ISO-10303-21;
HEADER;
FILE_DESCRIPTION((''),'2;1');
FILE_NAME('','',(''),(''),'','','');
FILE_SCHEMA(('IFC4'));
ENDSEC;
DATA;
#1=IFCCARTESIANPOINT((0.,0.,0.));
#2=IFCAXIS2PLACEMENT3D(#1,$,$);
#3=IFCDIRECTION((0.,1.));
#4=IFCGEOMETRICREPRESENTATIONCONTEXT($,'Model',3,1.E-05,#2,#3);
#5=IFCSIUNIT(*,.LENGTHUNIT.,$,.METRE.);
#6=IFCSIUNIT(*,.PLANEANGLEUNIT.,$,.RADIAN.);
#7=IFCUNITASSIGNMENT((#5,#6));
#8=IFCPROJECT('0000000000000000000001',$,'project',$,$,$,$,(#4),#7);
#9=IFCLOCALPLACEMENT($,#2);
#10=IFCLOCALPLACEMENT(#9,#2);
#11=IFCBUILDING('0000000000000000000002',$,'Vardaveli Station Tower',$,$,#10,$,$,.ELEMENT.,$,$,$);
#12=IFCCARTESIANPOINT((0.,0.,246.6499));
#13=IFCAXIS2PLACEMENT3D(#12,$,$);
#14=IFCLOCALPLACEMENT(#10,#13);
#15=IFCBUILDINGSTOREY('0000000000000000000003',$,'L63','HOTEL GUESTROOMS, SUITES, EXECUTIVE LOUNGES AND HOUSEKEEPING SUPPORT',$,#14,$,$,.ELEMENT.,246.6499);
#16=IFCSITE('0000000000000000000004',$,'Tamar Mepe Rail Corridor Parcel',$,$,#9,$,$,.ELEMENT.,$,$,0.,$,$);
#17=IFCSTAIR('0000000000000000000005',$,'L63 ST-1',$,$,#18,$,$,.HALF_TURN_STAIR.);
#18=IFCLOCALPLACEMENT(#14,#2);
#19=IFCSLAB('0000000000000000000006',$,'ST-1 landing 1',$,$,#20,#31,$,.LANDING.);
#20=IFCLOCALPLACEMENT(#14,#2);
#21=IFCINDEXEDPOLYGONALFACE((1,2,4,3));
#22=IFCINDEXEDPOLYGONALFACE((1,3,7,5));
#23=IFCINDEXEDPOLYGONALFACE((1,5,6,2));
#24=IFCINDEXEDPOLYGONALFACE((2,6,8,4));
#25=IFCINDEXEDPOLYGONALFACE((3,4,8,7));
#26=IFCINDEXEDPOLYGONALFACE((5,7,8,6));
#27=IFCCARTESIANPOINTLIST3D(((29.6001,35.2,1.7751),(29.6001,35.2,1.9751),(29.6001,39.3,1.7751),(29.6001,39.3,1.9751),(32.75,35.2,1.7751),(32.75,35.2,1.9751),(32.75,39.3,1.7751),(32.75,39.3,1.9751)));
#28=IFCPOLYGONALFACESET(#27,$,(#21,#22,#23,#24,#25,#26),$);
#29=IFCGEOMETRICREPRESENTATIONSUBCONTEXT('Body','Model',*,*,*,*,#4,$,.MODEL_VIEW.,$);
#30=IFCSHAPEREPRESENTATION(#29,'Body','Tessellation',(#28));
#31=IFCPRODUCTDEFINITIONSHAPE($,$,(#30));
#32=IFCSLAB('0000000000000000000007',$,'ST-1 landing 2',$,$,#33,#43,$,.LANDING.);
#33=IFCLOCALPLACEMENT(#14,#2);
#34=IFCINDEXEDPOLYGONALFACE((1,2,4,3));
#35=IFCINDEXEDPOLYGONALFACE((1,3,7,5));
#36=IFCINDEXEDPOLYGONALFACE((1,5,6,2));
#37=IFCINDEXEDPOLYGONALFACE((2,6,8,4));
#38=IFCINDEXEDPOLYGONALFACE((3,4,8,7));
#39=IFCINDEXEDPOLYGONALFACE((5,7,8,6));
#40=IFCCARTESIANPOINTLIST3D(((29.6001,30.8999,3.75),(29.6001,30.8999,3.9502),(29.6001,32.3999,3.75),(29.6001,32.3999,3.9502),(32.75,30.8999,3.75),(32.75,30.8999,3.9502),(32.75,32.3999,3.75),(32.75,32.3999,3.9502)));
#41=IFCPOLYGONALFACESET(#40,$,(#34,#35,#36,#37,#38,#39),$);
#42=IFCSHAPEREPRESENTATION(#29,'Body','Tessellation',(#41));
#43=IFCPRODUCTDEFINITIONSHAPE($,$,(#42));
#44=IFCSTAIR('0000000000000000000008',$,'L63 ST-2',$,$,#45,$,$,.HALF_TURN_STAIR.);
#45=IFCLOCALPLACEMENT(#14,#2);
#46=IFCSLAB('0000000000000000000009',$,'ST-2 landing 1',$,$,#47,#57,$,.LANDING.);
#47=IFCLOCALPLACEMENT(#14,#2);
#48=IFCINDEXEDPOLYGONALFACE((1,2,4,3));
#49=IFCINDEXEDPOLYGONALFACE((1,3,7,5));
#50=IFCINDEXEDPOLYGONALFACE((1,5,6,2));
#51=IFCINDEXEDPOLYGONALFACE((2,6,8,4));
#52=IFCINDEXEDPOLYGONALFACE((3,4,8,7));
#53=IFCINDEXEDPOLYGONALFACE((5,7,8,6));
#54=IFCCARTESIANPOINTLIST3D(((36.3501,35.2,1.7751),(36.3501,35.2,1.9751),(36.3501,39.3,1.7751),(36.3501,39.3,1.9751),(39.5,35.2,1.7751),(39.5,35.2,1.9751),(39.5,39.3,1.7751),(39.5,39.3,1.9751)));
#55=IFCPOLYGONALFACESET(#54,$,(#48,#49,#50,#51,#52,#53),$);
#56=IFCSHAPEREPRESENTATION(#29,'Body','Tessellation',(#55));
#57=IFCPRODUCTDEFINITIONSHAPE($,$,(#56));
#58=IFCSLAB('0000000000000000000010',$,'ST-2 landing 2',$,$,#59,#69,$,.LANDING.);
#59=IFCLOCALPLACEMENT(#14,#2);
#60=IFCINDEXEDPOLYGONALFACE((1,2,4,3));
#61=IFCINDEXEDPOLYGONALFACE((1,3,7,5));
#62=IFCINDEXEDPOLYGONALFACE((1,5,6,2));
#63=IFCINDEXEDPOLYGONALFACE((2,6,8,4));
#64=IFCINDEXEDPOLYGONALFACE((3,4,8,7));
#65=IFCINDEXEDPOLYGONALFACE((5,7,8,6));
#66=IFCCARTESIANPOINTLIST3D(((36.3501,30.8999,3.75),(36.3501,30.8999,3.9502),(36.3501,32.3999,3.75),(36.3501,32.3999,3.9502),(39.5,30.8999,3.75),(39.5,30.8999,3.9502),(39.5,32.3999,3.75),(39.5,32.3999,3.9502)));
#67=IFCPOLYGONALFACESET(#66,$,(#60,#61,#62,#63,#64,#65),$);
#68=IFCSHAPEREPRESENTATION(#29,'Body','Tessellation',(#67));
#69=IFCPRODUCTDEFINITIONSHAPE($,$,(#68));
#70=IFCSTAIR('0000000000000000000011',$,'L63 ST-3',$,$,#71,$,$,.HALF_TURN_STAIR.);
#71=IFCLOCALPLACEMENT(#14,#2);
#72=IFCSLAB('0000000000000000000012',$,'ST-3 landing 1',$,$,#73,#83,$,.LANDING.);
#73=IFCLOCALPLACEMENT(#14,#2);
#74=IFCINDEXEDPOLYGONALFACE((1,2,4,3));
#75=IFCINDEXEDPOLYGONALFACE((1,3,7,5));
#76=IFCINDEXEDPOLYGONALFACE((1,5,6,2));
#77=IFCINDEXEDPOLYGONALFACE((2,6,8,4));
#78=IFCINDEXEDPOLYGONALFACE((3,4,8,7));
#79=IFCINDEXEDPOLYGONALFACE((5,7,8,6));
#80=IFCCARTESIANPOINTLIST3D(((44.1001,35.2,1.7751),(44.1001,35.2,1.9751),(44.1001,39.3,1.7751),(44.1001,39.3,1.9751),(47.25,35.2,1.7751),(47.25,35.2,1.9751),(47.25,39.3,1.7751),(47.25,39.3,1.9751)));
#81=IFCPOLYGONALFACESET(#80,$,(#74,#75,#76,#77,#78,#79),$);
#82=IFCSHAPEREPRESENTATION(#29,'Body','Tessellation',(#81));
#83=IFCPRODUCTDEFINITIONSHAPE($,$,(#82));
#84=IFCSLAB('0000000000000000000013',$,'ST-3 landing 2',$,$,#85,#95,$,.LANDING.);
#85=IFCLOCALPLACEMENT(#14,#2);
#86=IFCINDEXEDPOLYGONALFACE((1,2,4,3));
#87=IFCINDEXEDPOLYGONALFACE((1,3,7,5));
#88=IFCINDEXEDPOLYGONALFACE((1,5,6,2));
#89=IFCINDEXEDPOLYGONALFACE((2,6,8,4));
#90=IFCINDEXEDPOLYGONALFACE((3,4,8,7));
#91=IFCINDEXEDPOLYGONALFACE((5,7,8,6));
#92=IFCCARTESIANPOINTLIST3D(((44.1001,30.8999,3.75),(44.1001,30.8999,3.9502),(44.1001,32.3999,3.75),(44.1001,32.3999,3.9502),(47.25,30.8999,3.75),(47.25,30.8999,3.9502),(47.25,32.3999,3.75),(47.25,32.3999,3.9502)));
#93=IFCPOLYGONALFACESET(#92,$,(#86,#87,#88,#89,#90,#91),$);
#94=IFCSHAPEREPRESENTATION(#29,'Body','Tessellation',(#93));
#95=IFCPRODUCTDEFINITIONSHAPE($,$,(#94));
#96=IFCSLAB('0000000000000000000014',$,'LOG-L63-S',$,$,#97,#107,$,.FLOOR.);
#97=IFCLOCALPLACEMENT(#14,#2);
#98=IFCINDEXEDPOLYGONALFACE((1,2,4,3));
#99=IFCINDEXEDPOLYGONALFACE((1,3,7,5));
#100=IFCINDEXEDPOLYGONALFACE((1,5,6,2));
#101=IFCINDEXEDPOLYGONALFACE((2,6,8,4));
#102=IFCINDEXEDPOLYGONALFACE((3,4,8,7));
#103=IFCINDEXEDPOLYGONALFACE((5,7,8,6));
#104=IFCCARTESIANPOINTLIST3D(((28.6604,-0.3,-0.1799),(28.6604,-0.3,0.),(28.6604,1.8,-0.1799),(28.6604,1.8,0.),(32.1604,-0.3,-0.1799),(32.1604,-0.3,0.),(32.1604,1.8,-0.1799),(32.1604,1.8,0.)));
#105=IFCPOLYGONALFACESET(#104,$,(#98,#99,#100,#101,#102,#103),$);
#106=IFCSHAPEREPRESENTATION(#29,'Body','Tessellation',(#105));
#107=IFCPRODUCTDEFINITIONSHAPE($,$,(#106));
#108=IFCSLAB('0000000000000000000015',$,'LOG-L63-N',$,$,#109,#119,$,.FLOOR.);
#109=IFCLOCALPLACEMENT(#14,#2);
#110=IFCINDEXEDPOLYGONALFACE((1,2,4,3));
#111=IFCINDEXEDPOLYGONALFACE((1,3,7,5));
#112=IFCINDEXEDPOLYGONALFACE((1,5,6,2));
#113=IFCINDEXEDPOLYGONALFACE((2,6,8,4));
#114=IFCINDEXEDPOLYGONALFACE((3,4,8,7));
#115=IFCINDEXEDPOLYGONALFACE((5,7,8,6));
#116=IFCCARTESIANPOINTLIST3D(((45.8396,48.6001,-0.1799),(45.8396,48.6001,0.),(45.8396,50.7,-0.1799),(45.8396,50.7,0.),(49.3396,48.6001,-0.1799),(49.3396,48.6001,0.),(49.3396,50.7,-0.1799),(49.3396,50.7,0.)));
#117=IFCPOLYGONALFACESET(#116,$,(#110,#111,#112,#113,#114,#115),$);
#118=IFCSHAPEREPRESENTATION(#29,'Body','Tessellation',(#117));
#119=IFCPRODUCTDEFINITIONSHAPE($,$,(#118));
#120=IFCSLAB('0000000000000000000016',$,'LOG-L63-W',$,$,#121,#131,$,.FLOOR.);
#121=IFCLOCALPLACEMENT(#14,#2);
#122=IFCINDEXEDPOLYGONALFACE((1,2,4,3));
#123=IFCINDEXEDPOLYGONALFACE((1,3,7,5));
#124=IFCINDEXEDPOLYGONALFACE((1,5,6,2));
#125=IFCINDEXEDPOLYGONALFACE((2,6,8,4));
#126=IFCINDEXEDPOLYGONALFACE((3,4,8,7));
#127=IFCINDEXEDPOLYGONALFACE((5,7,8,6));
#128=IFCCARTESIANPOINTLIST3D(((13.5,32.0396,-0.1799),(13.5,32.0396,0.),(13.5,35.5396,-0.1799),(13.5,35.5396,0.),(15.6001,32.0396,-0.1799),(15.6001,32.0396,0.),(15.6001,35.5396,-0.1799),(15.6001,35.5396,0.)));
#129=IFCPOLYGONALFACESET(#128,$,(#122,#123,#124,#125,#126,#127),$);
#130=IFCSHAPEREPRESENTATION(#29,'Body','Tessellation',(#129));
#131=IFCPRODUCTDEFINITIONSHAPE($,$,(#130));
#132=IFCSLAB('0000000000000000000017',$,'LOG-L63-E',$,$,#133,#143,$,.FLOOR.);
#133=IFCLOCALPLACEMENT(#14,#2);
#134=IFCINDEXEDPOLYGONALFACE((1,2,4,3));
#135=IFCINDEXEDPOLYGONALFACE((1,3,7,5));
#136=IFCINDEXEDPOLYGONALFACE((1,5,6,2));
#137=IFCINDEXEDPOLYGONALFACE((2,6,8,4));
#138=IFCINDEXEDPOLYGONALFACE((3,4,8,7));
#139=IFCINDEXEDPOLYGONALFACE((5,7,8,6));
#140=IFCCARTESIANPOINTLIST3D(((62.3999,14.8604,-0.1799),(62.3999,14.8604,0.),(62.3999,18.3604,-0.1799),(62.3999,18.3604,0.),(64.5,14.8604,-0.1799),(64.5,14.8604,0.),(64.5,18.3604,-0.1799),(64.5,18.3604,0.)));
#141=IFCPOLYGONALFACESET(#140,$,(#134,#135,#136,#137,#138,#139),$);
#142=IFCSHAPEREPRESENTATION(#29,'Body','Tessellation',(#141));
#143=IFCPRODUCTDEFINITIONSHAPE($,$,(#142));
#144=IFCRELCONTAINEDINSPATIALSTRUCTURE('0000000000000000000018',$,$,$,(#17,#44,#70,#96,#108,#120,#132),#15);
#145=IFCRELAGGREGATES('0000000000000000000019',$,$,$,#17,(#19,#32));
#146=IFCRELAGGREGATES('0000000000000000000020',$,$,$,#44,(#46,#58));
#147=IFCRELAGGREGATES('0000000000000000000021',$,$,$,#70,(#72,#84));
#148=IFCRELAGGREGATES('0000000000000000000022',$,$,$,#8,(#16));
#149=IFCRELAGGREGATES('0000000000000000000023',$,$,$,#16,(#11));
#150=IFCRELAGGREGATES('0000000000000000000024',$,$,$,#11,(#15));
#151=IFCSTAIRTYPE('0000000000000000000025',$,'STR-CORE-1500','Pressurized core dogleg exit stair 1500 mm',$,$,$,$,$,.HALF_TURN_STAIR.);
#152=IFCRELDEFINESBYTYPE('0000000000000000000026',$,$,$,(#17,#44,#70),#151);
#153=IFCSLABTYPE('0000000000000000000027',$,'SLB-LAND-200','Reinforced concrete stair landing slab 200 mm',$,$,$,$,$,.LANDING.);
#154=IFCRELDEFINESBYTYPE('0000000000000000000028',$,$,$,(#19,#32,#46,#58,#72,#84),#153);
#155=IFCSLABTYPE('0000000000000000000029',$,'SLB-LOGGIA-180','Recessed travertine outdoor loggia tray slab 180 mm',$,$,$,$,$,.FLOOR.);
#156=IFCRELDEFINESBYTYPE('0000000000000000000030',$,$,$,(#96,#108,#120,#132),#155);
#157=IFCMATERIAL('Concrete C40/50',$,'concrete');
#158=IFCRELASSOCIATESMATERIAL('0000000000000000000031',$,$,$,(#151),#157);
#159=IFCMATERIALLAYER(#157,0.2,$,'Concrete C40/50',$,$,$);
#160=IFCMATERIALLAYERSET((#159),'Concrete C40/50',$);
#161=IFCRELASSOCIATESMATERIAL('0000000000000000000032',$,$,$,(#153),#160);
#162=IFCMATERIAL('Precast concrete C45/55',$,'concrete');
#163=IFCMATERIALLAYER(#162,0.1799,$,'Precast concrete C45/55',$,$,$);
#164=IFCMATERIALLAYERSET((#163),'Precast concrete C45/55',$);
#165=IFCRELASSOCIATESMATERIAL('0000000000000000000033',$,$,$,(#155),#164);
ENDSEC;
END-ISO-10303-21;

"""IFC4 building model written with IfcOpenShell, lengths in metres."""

from ifc_helpers import new_model, si_unit, direction, frame, origin, place, context, subcontext, project, spatial, polyline, outline, extrude, material, layer, layer_set, type_object, element, aggregate, save


model = new_model("IFC4")

# Units and contexts
model_context = context("Model", 3, precision=1e-05, world=origin(), true_north=direction((0.0, 1.0)))
body_context = subcontext(model_context, "Body", "Model", "MODEL_VIEW")
ifc_project = project(units=[si_unit("LENGTHUNIT", "METRE"), si_unit("PLANEANGLEUNIT", "RADIAN")], contexts=[model_context])

# Site, building, storey
site_placement = place(None, origin())
site = spatial("IfcSite", under=ifc_project, at=site_placement, Name="Tamar Mepe Rail Corridor Parcel", CompositionType="ELEMENT", RefElevation=0.0)
building_placement = place(site_placement, origin())
building = spatial("IfcBuilding", under=site, at=building_placement, Name="Vardaveli Station Tower", CompositionType="ELEMENT")
storey_placement = place(building_placement, frame((0.0, 0.0, 246.6499)))
storey = spatial("IfcBuildingStorey", under=building, at=storey_placement, Name="L63", Description="HOTEL GUESTROOMS, SUITES, EXECUTIVE LOUNGES AND HOUSEKEEPING SUPPORT", CompositionType="ELEMENT", Elevation=246.6499)

# Stairs, slabs
ifc_material_1 = material(Name="Concrete C40/50", Category="concrete")
stair_type = type_object("IfcStairType", Name="STR-CORE-1500", Description="Pressurized core dogleg exit stair 1500 mm", PredefinedType="HALF_TURN_STAIR", material=ifc_material_1)
stair_1_placement = place(storey_placement, origin())
stair_1 = element("IfcStair", 1, at=stair_1_placement, inside=storey, type_object=stair_type, Name="L63 ST-1", PredefinedType="HALF_TURN_STAIR")
ifc_layer_1 = layer(ifc_material_1, 0.2, Name="Concrete C40/50")
ifc_layer_set_1 = layer_set([ifc_layer_1], Name="Concrete C40/50")
slab_type_1 = type_object("IfcSlabType", Name="SLB-LAND-200", Description="Reinforced concrete stair landing slab 200 mm", PredefinedType="LANDING", material=ifc_layer_set_1)
slab_1_placement = place(storey_placement, frame((0.0, 0.0, 1.7751)))
slab_1 = element("IfcSlab", 2, at=slab_1_placement, type_object=slab_type_1, Name="ST-1 landing 1", PredefinedType="LANDING", context=body_context, shape_type="SweptSolid", body=[
    extrude(outline(polyline([(32.75, 35.2), (32.75, 39.3), (29.6001, 39.3), (29.6001, 35.2), (32.75, 35.2)])), origin(), (0.0, 0.0, 1.0), 0.2),
])
slab_2_placement = place(storey_placement, frame((0.0, 0.0, 3.75)))
slab_2 = element("IfcSlab", 3, at=slab_2_placement, type_object=slab_type_1, Name="ST-1 landing 2", PredefinedType="LANDING", context=body_context, shape_type="SweptSolid", body=[
    extrude(outline(polyline([(32.75, 30.8999), (32.75, 32.3999), (29.6001, 32.3999), (29.6001, 30.8999), (32.75, 30.8999)])), origin(), (0.0, 0.0, 1.0), 0.2002),
])
aggregate(stair_1, [slab_1, slab_2])
stair_2_placement = place(storey_placement, origin())
stair_2 = element("IfcStair", 4, at=stair_2_placement, inside=storey, type_object=stair_type, Name="L63 ST-2", PredefinedType="HALF_TURN_STAIR")
slab_3_placement = place(storey_placement, frame((0.0, 0.0, 1.7751)))
slab_3 = element("IfcSlab", 5, at=slab_3_placement, type_object=slab_type_1, Name="ST-2 landing 1", PredefinedType="LANDING", context=body_context, shape_type="SweptSolid", body=[
    extrude(outline(polyline([(39.5, 35.2), (39.5, 39.3), (36.3501, 39.3), (36.3501, 35.2), (39.5, 35.2)])), origin(), (0.0, 0.0, 1.0), 0.2),
])
slab_4_placement = place(storey_placement, frame((0.0, 0.0, 3.75)))
slab_4 = element("IfcSlab", 6, at=slab_4_placement, type_object=slab_type_1, Name="ST-2 landing 2", PredefinedType="LANDING", context=body_context, shape_type="SweptSolid", body=[
    extrude(outline(polyline([(39.5, 30.8999), (39.5, 32.3999), (36.3501, 32.3999), (36.3501, 30.8999), (39.5, 30.8999)])), origin(), (0.0, 0.0, 1.0), 0.2002),
])
aggregate(stair_2, [slab_3, slab_4])
stair_3_placement = place(storey_placement, origin())
stair_3 = element("IfcStair", 7, at=stair_3_placement, inside=storey, type_object=stair_type, Name="L63 ST-3", PredefinedType="HALF_TURN_STAIR")
slab_5_placement = place(storey_placement, frame((0.0, 0.0, 1.7751)))
slab_5 = element("IfcSlab", 8, at=slab_5_placement, type_object=slab_type_1, Name="ST-3 landing 1", PredefinedType="LANDING", context=body_context, shape_type="SweptSolid", body=[
    extrude(outline(polyline([(47.25, 35.2), (47.25, 39.3), (44.1001, 39.3), (44.1001, 35.2), (47.25, 35.2)])), origin(), (0.0, 0.0, 1.0), 0.2),
])
slab_6_placement = place(storey_placement, frame((0.0, 0.0, 3.75)))
slab_6 = element("IfcSlab", 9, at=slab_6_placement, type_object=slab_type_1, Name="ST-3 landing 2", PredefinedType="LANDING", context=body_context, shape_type="SweptSolid", body=[
    extrude(outline(polyline([(47.25, 30.8999), (47.25, 32.3999), (44.1001, 32.3999), (44.1001, 30.8999), (47.25, 30.8999)])), origin(), (0.0, 0.0, 1.0), 0.2002),
])
aggregate(stair_3, [slab_5, slab_6])

# Slabs
ifc_material_2 = material(Name="Precast concrete C45/55", Category="concrete")
ifc_layer_2 = layer(ifc_material_2, 0.1799, Name="Precast concrete C45/55")
ifc_layer_set_2 = layer_set([ifc_layer_2], Name="Precast concrete C45/55")
slab_type_2 = type_object("IfcSlabType", Name="SLB-LOGGIA-180", Description="Recessed travertine outdoor loggia tray slab 180 mm", PredefinedType="FLOOR", material=ifc_layer_set_2)
slab_7_placement = place(storey_placement, frame((0.0, 0.0, -0.1799)))
element("IfcSlab", 10, at=slab_7_placement, inside=storey, type_object=slab_type_2, Name="LOG-L63-S", PredefinedType="FLOOR", context=body_context, shape_type="SweptSolid", body=[
    extrude(outline(polyline([(28.6604, -0.3), (32.1604, -0.3), (32.1604, 1.8), (28.6604, 1.8), (28.6604, -0.3)])), origin(), (0.0, 0.0, 1.0), 0.1799),
])
slab_8_placement = place(storey_placement, frame((0.0, 0.0, -0.1799)))
element("IfcSlab", 11, at=slab_8_placement, inside=storey, type_object=slab_type_2, Name="LOG-L63-N", PredefinedType="FLOOR", context=body_context, shape_type="SweptSolid", body=[
    extrude(outline(polyline([(45.8396, 48.6001), (49.3396, 48.6001), (49.3396, 50.7), (45.8396, 50.7), (45.8396, 48.6001)])), origin(), (0.0, 0.0, 1.0), 0.1799),
])
slab_9_placement = place(storey_placement, frame((0.0, 0.0, -0.1799)))
element("IfcSlab", 12, at=slab_9_placement, inside=storey, type_object=slab_type_2, Name="LOG-L63-W", PredefinedType="FLOOR", context=body_context, shape_type="SweptSolid", body=[
    extrude(outline(polyline([(13.5, 32.0396), (15.6001, 32.0396), (15.6001, 35.5396), (13.5, 35.5396), (13.5, 32.0396)])), origin(), (0.0, 0.0, 1.0), 0.1799),
])
slab_10_placement = place(storey_placement, frame((0.0, 0.0, -0.1799)))
element("IfcSlab", 13, at=slab_10_placement, inside=storey, type_object=slab_type_2, Name="LOG-L63-E", PredefinedType="FLOOR", context=body_context, shape_type="SweptSolid", body=[
    extrude(outline(polyline([(62.3999, 14.8604), (64.5, 14.8604), (64.5, 18.3604), (62.3999, 18.3604), (62.3999, 14.8604)])), origin(), (0.0, 0.0, 1.0), 0.1799),
])

save(model, "model.ifc")
